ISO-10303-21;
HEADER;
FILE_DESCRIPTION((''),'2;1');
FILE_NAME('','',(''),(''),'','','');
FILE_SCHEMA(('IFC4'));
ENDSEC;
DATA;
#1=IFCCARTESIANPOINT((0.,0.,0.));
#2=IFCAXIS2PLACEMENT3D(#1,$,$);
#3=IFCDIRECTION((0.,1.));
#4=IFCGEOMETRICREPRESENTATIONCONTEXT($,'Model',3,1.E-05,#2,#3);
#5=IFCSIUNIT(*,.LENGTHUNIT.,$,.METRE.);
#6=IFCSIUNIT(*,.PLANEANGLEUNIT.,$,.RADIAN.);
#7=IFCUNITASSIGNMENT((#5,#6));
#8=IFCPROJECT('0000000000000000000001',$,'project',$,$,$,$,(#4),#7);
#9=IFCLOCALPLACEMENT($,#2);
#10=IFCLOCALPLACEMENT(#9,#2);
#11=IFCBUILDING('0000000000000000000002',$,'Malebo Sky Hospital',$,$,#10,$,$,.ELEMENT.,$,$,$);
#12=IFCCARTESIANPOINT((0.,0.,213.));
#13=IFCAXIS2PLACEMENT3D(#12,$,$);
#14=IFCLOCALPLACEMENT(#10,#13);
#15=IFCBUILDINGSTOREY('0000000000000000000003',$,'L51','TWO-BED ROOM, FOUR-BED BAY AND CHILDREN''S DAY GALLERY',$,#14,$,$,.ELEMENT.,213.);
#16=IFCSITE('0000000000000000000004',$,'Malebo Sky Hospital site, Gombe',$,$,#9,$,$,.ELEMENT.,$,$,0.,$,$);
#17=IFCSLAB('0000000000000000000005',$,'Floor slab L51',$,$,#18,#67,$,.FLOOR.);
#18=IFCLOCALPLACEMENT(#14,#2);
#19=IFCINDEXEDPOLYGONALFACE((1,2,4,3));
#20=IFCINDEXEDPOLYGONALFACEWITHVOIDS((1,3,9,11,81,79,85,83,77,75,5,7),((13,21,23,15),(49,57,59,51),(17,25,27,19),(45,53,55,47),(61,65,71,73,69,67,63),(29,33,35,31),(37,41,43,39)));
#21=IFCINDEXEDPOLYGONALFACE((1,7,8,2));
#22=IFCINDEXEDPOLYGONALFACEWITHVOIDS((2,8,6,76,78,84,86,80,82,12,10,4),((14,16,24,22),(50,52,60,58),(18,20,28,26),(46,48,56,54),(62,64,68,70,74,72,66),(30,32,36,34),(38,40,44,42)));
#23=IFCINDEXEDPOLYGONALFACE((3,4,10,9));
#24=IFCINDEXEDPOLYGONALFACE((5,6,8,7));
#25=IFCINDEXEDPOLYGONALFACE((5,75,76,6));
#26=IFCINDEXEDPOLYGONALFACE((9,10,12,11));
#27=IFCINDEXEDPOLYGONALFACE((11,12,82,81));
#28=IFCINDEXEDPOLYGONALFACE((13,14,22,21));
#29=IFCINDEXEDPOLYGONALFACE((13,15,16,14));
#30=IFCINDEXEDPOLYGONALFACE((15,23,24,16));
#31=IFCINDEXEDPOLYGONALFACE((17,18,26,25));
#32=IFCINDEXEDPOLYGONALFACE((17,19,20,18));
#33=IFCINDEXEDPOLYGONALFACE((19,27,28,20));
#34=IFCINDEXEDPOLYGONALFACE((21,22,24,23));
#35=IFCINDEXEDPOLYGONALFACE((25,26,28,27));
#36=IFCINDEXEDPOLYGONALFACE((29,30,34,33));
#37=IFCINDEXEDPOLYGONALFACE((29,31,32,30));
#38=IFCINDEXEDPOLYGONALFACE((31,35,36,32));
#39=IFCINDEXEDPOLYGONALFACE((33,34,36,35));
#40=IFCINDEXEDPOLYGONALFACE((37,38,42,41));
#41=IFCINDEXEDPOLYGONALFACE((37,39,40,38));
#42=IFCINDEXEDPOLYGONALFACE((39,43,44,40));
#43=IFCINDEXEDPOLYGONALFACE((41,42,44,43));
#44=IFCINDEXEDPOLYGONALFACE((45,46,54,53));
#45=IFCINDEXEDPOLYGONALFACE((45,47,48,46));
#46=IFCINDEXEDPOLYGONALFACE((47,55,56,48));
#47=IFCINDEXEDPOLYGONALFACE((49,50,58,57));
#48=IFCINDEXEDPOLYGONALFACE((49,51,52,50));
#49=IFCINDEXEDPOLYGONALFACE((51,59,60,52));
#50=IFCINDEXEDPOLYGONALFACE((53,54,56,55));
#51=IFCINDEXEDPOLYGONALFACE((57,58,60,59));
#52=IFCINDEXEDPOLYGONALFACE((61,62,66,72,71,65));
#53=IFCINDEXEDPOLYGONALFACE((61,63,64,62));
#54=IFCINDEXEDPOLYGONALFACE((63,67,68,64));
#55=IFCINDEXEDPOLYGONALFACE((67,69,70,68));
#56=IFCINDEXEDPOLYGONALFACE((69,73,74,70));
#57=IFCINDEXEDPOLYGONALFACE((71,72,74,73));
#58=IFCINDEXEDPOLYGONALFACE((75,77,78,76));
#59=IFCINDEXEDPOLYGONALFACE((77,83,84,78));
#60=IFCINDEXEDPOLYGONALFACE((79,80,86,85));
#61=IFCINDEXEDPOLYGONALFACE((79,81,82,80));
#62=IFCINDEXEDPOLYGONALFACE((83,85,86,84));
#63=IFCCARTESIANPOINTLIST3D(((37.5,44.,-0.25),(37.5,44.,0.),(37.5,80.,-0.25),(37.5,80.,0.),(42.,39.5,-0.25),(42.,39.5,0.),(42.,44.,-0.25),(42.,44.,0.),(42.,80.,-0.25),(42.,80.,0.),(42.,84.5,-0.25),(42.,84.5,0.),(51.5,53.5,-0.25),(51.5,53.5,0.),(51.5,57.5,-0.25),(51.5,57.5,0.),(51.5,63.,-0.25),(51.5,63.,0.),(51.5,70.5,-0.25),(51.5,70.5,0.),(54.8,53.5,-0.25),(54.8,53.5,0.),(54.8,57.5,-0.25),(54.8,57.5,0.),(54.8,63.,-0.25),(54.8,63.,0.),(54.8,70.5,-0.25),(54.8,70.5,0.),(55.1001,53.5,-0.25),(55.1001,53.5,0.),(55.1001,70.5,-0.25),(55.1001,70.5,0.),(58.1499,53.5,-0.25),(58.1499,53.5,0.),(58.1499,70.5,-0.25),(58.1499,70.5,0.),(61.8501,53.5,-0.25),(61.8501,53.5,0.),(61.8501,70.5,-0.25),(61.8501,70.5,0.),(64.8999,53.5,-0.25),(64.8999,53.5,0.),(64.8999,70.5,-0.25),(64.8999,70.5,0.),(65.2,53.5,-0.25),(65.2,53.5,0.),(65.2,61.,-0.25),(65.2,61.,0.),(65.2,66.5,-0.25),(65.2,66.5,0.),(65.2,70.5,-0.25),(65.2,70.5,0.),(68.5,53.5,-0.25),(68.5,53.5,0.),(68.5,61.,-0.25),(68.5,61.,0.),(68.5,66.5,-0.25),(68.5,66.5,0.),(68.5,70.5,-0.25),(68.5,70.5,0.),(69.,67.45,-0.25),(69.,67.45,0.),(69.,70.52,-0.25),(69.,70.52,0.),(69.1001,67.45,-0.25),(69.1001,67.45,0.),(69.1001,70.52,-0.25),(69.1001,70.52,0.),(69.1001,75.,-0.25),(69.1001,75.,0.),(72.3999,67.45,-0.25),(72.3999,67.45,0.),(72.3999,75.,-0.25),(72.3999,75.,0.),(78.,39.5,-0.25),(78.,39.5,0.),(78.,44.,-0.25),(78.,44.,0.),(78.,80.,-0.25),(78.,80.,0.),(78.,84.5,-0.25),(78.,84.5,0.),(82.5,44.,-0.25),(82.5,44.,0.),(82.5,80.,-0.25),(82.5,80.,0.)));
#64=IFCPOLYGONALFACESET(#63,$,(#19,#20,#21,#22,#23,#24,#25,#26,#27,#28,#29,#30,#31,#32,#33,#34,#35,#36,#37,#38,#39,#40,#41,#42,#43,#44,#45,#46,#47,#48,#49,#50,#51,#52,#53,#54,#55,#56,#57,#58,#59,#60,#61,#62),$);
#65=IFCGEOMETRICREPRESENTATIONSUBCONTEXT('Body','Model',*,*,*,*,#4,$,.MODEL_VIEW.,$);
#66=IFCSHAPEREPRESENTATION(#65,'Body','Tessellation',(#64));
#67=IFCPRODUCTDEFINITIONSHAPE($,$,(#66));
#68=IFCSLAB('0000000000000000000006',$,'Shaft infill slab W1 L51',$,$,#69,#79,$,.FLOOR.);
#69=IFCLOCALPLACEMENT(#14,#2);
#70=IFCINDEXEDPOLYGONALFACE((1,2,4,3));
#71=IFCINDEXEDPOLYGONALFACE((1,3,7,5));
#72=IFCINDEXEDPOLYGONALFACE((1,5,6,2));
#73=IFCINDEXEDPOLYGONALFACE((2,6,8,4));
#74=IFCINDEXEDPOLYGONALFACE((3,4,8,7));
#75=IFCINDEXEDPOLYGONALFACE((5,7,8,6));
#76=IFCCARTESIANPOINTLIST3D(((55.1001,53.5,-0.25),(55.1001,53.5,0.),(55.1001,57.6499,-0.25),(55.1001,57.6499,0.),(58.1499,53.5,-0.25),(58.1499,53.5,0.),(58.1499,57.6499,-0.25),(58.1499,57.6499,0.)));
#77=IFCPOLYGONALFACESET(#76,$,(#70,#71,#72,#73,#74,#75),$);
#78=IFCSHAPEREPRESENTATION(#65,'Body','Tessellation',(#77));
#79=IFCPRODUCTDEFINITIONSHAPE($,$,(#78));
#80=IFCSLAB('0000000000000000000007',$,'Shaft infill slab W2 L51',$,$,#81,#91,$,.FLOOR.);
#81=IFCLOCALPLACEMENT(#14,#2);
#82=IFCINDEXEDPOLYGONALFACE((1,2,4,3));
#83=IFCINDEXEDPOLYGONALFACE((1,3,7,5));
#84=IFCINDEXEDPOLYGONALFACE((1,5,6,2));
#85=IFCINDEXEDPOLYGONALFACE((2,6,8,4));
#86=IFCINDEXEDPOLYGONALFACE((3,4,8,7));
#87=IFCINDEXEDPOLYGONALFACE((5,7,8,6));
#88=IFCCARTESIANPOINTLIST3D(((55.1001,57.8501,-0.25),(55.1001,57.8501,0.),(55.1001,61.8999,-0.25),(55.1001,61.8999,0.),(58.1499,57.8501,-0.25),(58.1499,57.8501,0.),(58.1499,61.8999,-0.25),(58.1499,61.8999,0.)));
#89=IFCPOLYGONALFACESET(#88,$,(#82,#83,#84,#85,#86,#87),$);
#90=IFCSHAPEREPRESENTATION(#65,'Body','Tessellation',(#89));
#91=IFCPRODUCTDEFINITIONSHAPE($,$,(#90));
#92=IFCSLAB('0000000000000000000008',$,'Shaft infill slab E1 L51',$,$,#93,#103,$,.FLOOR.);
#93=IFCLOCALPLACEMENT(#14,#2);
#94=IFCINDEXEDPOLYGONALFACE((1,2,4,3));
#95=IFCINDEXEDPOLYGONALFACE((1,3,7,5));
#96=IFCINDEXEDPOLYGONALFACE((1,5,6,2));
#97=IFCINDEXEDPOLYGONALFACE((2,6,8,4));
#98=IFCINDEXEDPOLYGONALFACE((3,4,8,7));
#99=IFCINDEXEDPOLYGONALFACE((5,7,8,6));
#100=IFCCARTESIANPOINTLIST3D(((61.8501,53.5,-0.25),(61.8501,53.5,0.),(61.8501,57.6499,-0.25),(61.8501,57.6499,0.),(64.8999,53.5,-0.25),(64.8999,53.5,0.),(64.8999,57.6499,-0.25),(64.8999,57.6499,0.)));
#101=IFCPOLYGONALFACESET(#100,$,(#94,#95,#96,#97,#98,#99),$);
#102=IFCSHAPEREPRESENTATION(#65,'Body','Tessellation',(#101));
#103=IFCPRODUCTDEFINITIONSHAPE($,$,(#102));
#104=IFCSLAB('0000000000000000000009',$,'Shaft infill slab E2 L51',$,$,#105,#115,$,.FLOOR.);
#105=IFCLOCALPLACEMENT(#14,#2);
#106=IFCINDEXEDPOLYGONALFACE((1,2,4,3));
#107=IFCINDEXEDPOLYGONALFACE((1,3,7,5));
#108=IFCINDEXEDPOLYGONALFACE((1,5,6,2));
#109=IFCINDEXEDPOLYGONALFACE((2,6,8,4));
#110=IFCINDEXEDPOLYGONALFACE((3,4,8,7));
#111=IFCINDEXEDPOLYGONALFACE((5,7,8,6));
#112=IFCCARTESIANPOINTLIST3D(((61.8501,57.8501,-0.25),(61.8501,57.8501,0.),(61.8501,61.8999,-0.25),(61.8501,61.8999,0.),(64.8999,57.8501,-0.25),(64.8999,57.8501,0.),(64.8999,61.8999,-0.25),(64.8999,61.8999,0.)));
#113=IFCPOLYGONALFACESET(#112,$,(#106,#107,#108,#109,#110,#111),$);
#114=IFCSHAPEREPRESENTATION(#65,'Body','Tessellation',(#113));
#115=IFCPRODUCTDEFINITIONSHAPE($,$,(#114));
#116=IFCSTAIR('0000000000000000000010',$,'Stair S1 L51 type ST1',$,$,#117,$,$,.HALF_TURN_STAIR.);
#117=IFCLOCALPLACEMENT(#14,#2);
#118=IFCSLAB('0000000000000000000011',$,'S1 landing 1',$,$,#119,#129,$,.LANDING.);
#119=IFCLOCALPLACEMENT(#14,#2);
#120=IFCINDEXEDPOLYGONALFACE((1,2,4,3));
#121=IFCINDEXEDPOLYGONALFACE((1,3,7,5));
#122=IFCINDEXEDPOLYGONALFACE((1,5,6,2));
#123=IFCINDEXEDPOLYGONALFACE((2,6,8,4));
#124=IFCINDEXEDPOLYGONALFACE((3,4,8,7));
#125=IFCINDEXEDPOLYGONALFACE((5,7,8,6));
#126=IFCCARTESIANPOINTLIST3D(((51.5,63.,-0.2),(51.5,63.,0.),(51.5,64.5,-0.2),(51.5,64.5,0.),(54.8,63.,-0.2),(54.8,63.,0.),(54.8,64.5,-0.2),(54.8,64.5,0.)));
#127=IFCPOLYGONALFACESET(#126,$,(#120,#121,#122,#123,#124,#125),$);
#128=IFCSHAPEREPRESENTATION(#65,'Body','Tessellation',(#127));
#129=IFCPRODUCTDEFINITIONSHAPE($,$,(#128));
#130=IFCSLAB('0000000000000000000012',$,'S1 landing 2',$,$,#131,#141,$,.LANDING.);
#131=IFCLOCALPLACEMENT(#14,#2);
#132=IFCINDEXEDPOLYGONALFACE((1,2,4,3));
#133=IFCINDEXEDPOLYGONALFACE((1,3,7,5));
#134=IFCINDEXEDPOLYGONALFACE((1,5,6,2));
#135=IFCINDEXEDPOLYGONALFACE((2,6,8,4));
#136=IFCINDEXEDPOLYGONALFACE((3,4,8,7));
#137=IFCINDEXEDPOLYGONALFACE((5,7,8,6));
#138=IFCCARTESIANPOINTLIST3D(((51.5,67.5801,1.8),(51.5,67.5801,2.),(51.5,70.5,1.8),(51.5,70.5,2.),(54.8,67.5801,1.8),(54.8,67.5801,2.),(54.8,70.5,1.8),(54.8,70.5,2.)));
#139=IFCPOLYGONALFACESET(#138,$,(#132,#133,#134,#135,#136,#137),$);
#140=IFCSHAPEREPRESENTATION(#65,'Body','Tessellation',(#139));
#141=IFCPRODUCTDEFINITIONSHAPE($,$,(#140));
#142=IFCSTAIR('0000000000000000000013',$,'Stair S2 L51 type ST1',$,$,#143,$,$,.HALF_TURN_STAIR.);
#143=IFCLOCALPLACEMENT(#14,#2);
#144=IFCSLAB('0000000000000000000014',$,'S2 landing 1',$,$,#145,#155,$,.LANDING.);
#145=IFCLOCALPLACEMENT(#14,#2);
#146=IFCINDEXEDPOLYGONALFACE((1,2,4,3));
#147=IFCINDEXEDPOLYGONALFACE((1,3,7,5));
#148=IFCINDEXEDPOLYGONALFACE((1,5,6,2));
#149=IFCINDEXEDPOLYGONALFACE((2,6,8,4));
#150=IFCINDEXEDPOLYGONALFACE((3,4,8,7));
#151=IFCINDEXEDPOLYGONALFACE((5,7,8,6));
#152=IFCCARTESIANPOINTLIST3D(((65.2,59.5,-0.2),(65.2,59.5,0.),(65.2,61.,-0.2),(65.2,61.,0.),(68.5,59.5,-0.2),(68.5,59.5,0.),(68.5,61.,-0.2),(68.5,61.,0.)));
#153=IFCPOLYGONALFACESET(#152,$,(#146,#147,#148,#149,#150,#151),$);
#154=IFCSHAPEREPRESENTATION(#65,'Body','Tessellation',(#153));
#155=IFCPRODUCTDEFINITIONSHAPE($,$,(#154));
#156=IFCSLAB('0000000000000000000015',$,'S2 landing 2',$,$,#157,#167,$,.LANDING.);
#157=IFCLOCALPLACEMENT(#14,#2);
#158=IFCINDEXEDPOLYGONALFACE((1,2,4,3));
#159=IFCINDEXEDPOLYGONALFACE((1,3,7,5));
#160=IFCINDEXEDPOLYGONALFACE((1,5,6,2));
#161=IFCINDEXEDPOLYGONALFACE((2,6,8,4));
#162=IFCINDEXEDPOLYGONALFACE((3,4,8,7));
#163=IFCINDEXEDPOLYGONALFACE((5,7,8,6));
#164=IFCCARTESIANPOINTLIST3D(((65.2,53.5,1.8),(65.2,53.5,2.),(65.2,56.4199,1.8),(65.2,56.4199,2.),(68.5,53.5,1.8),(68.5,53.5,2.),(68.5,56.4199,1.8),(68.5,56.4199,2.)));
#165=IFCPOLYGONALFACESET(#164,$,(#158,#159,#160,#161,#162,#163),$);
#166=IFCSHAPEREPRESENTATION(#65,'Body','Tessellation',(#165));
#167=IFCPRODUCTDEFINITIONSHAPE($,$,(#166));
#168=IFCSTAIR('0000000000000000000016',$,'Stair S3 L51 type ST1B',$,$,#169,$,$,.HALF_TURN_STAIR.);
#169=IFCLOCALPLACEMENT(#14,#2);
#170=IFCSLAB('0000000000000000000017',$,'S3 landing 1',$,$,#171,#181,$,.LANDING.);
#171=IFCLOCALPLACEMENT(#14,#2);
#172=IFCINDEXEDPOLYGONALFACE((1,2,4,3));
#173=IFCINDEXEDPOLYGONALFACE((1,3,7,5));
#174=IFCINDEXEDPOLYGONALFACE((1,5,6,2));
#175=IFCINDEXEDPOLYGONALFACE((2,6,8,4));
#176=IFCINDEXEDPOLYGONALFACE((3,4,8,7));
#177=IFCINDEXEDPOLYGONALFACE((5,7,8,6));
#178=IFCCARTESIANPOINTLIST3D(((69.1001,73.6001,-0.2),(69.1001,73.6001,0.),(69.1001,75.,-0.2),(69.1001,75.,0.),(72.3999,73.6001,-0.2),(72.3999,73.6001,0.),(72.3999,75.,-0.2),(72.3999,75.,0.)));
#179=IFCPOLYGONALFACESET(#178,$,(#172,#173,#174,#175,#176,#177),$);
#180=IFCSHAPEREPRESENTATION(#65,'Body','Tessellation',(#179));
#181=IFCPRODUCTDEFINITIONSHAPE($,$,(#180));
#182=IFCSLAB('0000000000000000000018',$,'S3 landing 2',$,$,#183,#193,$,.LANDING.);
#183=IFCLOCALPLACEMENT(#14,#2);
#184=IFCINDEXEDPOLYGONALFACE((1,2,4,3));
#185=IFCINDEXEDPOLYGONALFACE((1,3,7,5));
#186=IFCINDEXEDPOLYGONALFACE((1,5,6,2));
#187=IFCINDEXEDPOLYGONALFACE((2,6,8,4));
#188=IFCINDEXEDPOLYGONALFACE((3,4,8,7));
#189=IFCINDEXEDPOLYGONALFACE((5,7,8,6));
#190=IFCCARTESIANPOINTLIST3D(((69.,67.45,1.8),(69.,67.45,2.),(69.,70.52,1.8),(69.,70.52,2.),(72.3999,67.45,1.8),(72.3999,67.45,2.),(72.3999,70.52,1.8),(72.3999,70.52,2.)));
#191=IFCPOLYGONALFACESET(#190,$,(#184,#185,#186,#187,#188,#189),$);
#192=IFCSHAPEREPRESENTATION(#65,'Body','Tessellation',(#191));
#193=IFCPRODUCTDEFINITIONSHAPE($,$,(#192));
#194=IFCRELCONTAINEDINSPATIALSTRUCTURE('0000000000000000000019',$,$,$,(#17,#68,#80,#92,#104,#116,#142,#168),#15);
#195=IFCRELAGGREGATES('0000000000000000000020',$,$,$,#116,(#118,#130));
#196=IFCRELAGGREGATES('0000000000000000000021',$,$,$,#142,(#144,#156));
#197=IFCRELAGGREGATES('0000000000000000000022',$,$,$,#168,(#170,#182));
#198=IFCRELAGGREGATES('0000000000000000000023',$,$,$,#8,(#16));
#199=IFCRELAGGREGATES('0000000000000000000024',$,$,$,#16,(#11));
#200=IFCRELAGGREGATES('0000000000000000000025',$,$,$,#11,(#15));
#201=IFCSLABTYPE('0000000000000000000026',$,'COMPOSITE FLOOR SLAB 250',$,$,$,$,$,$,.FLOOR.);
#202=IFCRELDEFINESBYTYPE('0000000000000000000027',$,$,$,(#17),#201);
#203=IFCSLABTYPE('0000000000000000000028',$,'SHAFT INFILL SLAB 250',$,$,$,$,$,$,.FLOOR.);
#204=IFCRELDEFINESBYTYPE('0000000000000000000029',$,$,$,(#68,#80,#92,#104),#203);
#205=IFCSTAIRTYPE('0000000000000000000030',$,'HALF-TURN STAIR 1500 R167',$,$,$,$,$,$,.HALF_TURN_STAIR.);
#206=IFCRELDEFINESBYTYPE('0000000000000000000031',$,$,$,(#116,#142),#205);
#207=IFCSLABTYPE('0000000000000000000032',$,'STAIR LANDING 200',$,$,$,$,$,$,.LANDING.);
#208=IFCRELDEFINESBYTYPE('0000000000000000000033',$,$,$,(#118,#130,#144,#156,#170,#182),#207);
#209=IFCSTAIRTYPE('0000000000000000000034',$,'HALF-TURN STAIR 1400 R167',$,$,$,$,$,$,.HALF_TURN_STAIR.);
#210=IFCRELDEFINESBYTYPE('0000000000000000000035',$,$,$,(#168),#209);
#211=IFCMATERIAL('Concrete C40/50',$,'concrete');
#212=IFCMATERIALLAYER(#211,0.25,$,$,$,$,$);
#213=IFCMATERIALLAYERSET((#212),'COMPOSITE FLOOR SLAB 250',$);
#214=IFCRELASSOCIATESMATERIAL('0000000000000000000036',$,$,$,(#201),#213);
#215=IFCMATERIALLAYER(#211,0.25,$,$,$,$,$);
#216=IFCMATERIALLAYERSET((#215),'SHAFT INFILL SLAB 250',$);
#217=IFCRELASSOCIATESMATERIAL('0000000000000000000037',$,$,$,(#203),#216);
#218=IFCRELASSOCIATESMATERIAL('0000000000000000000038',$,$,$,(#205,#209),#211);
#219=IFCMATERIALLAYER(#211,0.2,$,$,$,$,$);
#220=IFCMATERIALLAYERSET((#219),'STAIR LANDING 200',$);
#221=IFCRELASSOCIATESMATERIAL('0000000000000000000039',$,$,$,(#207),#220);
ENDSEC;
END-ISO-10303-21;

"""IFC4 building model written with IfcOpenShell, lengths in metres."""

from ifc_helpers import new_model, si_unit, direction, frame, origin, place, context, subcontext, project, spatial, polyline, outline, extrude, material, layer, layer_set, type_object, element, aggregate, save


model = new_model("IFC4")

# Units and contexts
model_context = context("Model", 3, precision=1e-05, world=origin(), true_north=direction((0.0, 1.0)))
body_context = subcontext(model_context, "Body", "Model", "MODEL_VIEW")
ifc_project = project(units=[si_unit("LENGTHUNIT", "METRE"), si_unit("PLANEANGLEUNIT", "RADIAN")], contexts=[model_context])

# Site, building, storey
site_placement = place(None, origin())
site = spatial("IfcSite", under=ifc_project, at=site_placement, Name="Malebo Sky Hospital site, Gombe", CompositionType="ELEMENT", RefElevation=0.0)
building_placement = place(site_placement, origin())
building = spatial("IfcBuilding", under=site, at=building_placement, Name="Malebo Sky Hospital", CompositionType="ELEMENT")
storey_placement = place(building_placement, frame((0.0, 0.0, 213.0)))
storey = spatial("IfcBuildingStorey", under=building, at=storey_placement, Name="L51", Description="TWO-BED ROOM, FOUR-BED BAY AND CHILDREN'S DAY GALLERY", CompositionType="ELEMENT", Elevation=213.0)

# Slabs
ifc_material_1 = material(Name="Concrete C40/50", Category="concrete")
ifc_layer_1 = layer(ifc_material_1, 0.25)
ifc_layer_set_1 = layer_set([ifc_layer_1], Name="COMPOSITE FLOOR SLAB 250")
slab_type_1 = type_object("IfcSlabType", Name="COMPOSITE FLOOR SLAB 250", PredefinedType="FLOOR", material=ifc_layer_set_1)
slab_1_placement = place(storey_placement, frame((0.0, 0.0, -0.25)))
element("IfcSlab", 1, at=slab_1_placement, inside=storey, type_object=slab_type_1, Name="Floor slab L51", PredefinedType="FLOOR", context=body_context, shape_type="SweptSolid", body=[
    extrude(outline(polyline([(42.0, 84.5), (42.0, 80.0), (37.5, 80.0), (37.5, 44.0), (42.0, 44.0), (42.0, 39.5), (78.0, 39.5), (78.0, 44.0), (82.5, 44.0), (82.5, 80.0), (78.0, 80.0), (78.0, 84.5), (42.0, 84.5)]), holes=[polyline([(55.1001, 70.5), (58.1499, 70.5), (58.1499, 53.5), (55.1001, 53.5), (55.1001, 70.5)]), polyline([(64.8999, 70.5), (64.8999, 53.5), (61.8501, 53.5), (61.8501, 70.5), (64.8999, 70.5)]), polyline([(54.8, 63.0), (51.5, 63.0), (51.5, 70.5), (54.8, 70.5), (54.8, 63.0)]), polyline([(51.5, 53.5), (51.5, 57.5), (54.8, 57.5), (54.8, 53.5), (51.5, 53.5)]), polyline([(65.2, 61.0), (68.5, 61.0), (68.5, 53.5), (65.2, 53.5), (65.2, 61.0)]), polyline([(68.5, 70.5), (68.5, 66.5), (65.2, 66.5), (65.2, 70.5), (68.5, 70.5)]), polyline([(69.0, 67.45), (69.0, 70.52), (69.1001, 70.52), (69.1001, 75.0), (72.3999, 75.0), (72.3999, 67.45), (69.1001, 67.45), (69.0, 67.45)])]), origin(), (0.0, 0.0, 1.0), 0.25),
])
ifc_layer_2 = layer(ifc_material_1, 0.25)
ifc_layer_set_2 = layer_set([ifc_layer_2], Name="SHAFT INFILL SLAB 250")
slab_type_2 = type_object("IfcSlabType", Name="SHAFT INFILL SLAB 250", PredefinedType="FLOOR", material=ifc_layer_set_2)
slab_2_placement = place(storey_placement, frame((0.0, 0.0, -0.25)))
element("IfcSlab", 2, at=slab_2_placement, inside=storey, type_object=slab_type_2, Name="Shaft infill slab W1 L51", PredefinedType="FLOOR", context=body_context, shape_type="SweptSolid", body=[
    extrude(outline(polyline([(55.1001, 53.5), (58.1499, 53.5), (58.1499, 57.6499), (55.1001, 57.6499), (55.1001, 53.5)])), origin(), (0.0, 0.0, 1.0), 0.25),
])
slab_3_placement = place(storey_placement, frame((0.0, 0.0, -0.25)))
element("IfcSlab", 3, at=slab_3_placement, inside=storey, type_object=slab_type_2, Name="Shaft infill slab W2 L51", PredefinedType="FLOOR", context=body_context, shape_type="SweptSolid", body=[
    extrude(outline(polyline([(55.1001, 57.8501), (58.1499, 57.8501), (58.1499, 61.8999), (55.1001, 61.8999), (55.1001, 57.8501)])), origin(), (0.0, 0.0, 1.0), 0.25),
])
slab_4_placement = place(storey_placement, frame((0.0, 0.0, -0.25)))
element("IfcSlab", 4, at=slab_4_placement, inside=storey, type_object=slab_type_2, Name="Shaft infill slab E1 L51", PredefinedType="FLOOR", context=body_context, shape_type="SweptSolid", body=[
    extrude(outline(polyline([(61.8501, 53.5), (64.8999, 53.5), (64.8999, 57.6499), (61.8501, 57.6499), (61.8501, 53.5)])), origin(), (0.0, 0.0, 1.0), 0.25),
])
slab_5_placement = place(storey_placement, frame((0.0, 0.0, -0.25)))
element("IfcSlab", 5, at=slab_5_placement, inside=storey, type_object=slab_type_2, Name="Shaft infill slab E2 L51", PredefinedType="FLOOR", context=body_context, shape_type="SweptSolid", body=[
    extrude(outline(polyline([(61.8501, 57.8501), (64.8999, 57.8501), (64.8999, 61.8999), (61.8501, 61.8999), (61.8501, 57.8501)])), origin(), (0.0, 0.0, 1.0), 0.25),
])

# Stairs, slabs
stair_type_1 = type_object("IfcStairType", Name="HALF-TURN STAIR 1500 R167", PredefinedType="HALF_TURN_STAIR", material=ifc_material_1)
stair_1_placement = place(storey_placement, origin())
stair_1 = element("IfcStair", 6, at=stair_1_placement, inside=storey, type_object=stair_type_1, Name="Stair S1 L51 type ST1", PredefinedType="HALF_TURN_STAIR")
ifc_layer_3 = layer(ifc_material_1, 0.2)
ifc_layer_set_3 = layer_set([ifc_layer_3], Name="STAIR LANDING 200")
slab_type_3 = type_object("IfcSlabType", Name="STAIR LANDING 200", PredefinedType="LANDING", material=ifc_layer_set_3)
slab_6_placement = place(storey_placement, frame((0.0, 0.0, -0.2)))
slab_6 = element("IfcSlab", 7, at=slab_6_placement, type_object=slab_type_3, Name="S1 landing 1", PredefinedType="LANDING", context=body_context, shape_type="SweptSolid", body=[
    extrude(outline(polyline([(51.5, 63.0), (54.8, 63.0), (54.8, 64.5), (51.5, 64.5), (51.5, 63.0)])), origin(), (0.0, 0.0, 1.0), 0.2),
])
slab_7_placement = place(storey_placement, frame((0.0, 0.0, 1.8)))
slab_7 = element("IfcSlab", 8, at=slab_7_placement, type_object=slab_type_3, Name="S1 landing 2", PredefinedType="LANDING", context=body_context, shape_type="SweptSolid", body=[
    extrude(outline(polyline([(51.5, 67.5801), (54.8, 67.5801), (54.8, 70.5), (51.5, 70.5), (51.5, 67.5801)])), origin(), (0.0, 0.0, 1.0), 0.2),
])
aggregate(stair_1, [slab_6, slab_7])
stair_2_placement = place(storey_placement, origin())
stair_2 = element("IfcStair", 9, at=stair_2_placement, inside=storey, type_object=stair_type_1, Name="Stair S2 L51 type ST1", PredefinedType="HALF_TURN_STAIR")
slab_8_placement = place(storey_placement, frame((0.0, 0.0, -0.2)))
slab_8 = element("IfcSlab", 10, at=slab_8_placement, type_object=slab_type_3, Name="S2 landing 1", PredefinedType="LANDING", context=body_context, shape_type="SweptSolid", body=[
    extrude(outline(polyline([(65.2, 59.5), (68.5, 59.5), (68.5, 61.0), (65.2, 61.0), (65.2, 59.5)])), origin(), (0.0, 0.0, 1.0), 0.2),
])
slab_9_placement = place(storey_placement, frame((0.0, 0.0, 1.8)))
slab_9 = element("IfcSlab", 11, at=slab_9_placement, type_object=slab_type_3, Name="S2 landing 2", PredefinedType="LANDING", context=body_context, shape_type="SweptSolid", body=[
    extrude(outline(polyline([(65.2, 53.5), (68.5, 53.5), (68.5, 56.4199), (65.2, 56.4199), (65.2, 53.5)])), origin(), (0.0, 0.0, 1.0), 0.2),
])
aggregate(stair_2, [slab_8, slab_9])
stair_type_2 = type_object("IfcStairType", Name="HALF-TURN STAIR 1400 R167", PredefinedType="HALF_TURN_STAIR", material=ifc_material_1)
stair_3_placement = place(storey_placement, origin())
stair_3 = element("IfcStair", 12, at=stair_3_placement, inside=storey, type_object=stair_type_2, Name="Stair S3 L51 type ST1B", PredefinedType="HALF_TURN_STAIR")
slab_10_placement = place(storey_placement, frame((0.0, 0.0, -0.2)))
slab_10 = element("IfcSlab", 13, at=slab_10_placement, type_object=slab_type_3, Name="S3 landing 1", PredefinedType="LANDING", context=body_context, shape_type="SweptSolid", body=[
    extrude(outline(polyline([(69.1001, 73.6001), (72.3999, 73.6001), (72.3999, 75.0), (69.1001, 75.0), (69.1001, 73.6001)])), origin(), (0.0, 0.0, 1.0), 0.2),
])
slab_11_placement = place(storey_placement, frame((0.0, 0.0, 1.8)))
slab_11 = element("IfcSlab", 14, at=slab_11_placement, type_object=slab_type_3, Name="S3 landing 2", PredefinedType="LANDING", context=body_context, shape_type="SweptSolid", body=[
    extrude(outline(polyline([(69.0, 67.45), (72.3999, 67.45), (72.3999, 70.52), (69.0, 70.52), (69.0, 67.45)])), origin(), (0.0, 0.0, 1.0), 0.2),
])
aggregate(stair_3, [slab_10, slab_11])

save(model, "model.ifc")
